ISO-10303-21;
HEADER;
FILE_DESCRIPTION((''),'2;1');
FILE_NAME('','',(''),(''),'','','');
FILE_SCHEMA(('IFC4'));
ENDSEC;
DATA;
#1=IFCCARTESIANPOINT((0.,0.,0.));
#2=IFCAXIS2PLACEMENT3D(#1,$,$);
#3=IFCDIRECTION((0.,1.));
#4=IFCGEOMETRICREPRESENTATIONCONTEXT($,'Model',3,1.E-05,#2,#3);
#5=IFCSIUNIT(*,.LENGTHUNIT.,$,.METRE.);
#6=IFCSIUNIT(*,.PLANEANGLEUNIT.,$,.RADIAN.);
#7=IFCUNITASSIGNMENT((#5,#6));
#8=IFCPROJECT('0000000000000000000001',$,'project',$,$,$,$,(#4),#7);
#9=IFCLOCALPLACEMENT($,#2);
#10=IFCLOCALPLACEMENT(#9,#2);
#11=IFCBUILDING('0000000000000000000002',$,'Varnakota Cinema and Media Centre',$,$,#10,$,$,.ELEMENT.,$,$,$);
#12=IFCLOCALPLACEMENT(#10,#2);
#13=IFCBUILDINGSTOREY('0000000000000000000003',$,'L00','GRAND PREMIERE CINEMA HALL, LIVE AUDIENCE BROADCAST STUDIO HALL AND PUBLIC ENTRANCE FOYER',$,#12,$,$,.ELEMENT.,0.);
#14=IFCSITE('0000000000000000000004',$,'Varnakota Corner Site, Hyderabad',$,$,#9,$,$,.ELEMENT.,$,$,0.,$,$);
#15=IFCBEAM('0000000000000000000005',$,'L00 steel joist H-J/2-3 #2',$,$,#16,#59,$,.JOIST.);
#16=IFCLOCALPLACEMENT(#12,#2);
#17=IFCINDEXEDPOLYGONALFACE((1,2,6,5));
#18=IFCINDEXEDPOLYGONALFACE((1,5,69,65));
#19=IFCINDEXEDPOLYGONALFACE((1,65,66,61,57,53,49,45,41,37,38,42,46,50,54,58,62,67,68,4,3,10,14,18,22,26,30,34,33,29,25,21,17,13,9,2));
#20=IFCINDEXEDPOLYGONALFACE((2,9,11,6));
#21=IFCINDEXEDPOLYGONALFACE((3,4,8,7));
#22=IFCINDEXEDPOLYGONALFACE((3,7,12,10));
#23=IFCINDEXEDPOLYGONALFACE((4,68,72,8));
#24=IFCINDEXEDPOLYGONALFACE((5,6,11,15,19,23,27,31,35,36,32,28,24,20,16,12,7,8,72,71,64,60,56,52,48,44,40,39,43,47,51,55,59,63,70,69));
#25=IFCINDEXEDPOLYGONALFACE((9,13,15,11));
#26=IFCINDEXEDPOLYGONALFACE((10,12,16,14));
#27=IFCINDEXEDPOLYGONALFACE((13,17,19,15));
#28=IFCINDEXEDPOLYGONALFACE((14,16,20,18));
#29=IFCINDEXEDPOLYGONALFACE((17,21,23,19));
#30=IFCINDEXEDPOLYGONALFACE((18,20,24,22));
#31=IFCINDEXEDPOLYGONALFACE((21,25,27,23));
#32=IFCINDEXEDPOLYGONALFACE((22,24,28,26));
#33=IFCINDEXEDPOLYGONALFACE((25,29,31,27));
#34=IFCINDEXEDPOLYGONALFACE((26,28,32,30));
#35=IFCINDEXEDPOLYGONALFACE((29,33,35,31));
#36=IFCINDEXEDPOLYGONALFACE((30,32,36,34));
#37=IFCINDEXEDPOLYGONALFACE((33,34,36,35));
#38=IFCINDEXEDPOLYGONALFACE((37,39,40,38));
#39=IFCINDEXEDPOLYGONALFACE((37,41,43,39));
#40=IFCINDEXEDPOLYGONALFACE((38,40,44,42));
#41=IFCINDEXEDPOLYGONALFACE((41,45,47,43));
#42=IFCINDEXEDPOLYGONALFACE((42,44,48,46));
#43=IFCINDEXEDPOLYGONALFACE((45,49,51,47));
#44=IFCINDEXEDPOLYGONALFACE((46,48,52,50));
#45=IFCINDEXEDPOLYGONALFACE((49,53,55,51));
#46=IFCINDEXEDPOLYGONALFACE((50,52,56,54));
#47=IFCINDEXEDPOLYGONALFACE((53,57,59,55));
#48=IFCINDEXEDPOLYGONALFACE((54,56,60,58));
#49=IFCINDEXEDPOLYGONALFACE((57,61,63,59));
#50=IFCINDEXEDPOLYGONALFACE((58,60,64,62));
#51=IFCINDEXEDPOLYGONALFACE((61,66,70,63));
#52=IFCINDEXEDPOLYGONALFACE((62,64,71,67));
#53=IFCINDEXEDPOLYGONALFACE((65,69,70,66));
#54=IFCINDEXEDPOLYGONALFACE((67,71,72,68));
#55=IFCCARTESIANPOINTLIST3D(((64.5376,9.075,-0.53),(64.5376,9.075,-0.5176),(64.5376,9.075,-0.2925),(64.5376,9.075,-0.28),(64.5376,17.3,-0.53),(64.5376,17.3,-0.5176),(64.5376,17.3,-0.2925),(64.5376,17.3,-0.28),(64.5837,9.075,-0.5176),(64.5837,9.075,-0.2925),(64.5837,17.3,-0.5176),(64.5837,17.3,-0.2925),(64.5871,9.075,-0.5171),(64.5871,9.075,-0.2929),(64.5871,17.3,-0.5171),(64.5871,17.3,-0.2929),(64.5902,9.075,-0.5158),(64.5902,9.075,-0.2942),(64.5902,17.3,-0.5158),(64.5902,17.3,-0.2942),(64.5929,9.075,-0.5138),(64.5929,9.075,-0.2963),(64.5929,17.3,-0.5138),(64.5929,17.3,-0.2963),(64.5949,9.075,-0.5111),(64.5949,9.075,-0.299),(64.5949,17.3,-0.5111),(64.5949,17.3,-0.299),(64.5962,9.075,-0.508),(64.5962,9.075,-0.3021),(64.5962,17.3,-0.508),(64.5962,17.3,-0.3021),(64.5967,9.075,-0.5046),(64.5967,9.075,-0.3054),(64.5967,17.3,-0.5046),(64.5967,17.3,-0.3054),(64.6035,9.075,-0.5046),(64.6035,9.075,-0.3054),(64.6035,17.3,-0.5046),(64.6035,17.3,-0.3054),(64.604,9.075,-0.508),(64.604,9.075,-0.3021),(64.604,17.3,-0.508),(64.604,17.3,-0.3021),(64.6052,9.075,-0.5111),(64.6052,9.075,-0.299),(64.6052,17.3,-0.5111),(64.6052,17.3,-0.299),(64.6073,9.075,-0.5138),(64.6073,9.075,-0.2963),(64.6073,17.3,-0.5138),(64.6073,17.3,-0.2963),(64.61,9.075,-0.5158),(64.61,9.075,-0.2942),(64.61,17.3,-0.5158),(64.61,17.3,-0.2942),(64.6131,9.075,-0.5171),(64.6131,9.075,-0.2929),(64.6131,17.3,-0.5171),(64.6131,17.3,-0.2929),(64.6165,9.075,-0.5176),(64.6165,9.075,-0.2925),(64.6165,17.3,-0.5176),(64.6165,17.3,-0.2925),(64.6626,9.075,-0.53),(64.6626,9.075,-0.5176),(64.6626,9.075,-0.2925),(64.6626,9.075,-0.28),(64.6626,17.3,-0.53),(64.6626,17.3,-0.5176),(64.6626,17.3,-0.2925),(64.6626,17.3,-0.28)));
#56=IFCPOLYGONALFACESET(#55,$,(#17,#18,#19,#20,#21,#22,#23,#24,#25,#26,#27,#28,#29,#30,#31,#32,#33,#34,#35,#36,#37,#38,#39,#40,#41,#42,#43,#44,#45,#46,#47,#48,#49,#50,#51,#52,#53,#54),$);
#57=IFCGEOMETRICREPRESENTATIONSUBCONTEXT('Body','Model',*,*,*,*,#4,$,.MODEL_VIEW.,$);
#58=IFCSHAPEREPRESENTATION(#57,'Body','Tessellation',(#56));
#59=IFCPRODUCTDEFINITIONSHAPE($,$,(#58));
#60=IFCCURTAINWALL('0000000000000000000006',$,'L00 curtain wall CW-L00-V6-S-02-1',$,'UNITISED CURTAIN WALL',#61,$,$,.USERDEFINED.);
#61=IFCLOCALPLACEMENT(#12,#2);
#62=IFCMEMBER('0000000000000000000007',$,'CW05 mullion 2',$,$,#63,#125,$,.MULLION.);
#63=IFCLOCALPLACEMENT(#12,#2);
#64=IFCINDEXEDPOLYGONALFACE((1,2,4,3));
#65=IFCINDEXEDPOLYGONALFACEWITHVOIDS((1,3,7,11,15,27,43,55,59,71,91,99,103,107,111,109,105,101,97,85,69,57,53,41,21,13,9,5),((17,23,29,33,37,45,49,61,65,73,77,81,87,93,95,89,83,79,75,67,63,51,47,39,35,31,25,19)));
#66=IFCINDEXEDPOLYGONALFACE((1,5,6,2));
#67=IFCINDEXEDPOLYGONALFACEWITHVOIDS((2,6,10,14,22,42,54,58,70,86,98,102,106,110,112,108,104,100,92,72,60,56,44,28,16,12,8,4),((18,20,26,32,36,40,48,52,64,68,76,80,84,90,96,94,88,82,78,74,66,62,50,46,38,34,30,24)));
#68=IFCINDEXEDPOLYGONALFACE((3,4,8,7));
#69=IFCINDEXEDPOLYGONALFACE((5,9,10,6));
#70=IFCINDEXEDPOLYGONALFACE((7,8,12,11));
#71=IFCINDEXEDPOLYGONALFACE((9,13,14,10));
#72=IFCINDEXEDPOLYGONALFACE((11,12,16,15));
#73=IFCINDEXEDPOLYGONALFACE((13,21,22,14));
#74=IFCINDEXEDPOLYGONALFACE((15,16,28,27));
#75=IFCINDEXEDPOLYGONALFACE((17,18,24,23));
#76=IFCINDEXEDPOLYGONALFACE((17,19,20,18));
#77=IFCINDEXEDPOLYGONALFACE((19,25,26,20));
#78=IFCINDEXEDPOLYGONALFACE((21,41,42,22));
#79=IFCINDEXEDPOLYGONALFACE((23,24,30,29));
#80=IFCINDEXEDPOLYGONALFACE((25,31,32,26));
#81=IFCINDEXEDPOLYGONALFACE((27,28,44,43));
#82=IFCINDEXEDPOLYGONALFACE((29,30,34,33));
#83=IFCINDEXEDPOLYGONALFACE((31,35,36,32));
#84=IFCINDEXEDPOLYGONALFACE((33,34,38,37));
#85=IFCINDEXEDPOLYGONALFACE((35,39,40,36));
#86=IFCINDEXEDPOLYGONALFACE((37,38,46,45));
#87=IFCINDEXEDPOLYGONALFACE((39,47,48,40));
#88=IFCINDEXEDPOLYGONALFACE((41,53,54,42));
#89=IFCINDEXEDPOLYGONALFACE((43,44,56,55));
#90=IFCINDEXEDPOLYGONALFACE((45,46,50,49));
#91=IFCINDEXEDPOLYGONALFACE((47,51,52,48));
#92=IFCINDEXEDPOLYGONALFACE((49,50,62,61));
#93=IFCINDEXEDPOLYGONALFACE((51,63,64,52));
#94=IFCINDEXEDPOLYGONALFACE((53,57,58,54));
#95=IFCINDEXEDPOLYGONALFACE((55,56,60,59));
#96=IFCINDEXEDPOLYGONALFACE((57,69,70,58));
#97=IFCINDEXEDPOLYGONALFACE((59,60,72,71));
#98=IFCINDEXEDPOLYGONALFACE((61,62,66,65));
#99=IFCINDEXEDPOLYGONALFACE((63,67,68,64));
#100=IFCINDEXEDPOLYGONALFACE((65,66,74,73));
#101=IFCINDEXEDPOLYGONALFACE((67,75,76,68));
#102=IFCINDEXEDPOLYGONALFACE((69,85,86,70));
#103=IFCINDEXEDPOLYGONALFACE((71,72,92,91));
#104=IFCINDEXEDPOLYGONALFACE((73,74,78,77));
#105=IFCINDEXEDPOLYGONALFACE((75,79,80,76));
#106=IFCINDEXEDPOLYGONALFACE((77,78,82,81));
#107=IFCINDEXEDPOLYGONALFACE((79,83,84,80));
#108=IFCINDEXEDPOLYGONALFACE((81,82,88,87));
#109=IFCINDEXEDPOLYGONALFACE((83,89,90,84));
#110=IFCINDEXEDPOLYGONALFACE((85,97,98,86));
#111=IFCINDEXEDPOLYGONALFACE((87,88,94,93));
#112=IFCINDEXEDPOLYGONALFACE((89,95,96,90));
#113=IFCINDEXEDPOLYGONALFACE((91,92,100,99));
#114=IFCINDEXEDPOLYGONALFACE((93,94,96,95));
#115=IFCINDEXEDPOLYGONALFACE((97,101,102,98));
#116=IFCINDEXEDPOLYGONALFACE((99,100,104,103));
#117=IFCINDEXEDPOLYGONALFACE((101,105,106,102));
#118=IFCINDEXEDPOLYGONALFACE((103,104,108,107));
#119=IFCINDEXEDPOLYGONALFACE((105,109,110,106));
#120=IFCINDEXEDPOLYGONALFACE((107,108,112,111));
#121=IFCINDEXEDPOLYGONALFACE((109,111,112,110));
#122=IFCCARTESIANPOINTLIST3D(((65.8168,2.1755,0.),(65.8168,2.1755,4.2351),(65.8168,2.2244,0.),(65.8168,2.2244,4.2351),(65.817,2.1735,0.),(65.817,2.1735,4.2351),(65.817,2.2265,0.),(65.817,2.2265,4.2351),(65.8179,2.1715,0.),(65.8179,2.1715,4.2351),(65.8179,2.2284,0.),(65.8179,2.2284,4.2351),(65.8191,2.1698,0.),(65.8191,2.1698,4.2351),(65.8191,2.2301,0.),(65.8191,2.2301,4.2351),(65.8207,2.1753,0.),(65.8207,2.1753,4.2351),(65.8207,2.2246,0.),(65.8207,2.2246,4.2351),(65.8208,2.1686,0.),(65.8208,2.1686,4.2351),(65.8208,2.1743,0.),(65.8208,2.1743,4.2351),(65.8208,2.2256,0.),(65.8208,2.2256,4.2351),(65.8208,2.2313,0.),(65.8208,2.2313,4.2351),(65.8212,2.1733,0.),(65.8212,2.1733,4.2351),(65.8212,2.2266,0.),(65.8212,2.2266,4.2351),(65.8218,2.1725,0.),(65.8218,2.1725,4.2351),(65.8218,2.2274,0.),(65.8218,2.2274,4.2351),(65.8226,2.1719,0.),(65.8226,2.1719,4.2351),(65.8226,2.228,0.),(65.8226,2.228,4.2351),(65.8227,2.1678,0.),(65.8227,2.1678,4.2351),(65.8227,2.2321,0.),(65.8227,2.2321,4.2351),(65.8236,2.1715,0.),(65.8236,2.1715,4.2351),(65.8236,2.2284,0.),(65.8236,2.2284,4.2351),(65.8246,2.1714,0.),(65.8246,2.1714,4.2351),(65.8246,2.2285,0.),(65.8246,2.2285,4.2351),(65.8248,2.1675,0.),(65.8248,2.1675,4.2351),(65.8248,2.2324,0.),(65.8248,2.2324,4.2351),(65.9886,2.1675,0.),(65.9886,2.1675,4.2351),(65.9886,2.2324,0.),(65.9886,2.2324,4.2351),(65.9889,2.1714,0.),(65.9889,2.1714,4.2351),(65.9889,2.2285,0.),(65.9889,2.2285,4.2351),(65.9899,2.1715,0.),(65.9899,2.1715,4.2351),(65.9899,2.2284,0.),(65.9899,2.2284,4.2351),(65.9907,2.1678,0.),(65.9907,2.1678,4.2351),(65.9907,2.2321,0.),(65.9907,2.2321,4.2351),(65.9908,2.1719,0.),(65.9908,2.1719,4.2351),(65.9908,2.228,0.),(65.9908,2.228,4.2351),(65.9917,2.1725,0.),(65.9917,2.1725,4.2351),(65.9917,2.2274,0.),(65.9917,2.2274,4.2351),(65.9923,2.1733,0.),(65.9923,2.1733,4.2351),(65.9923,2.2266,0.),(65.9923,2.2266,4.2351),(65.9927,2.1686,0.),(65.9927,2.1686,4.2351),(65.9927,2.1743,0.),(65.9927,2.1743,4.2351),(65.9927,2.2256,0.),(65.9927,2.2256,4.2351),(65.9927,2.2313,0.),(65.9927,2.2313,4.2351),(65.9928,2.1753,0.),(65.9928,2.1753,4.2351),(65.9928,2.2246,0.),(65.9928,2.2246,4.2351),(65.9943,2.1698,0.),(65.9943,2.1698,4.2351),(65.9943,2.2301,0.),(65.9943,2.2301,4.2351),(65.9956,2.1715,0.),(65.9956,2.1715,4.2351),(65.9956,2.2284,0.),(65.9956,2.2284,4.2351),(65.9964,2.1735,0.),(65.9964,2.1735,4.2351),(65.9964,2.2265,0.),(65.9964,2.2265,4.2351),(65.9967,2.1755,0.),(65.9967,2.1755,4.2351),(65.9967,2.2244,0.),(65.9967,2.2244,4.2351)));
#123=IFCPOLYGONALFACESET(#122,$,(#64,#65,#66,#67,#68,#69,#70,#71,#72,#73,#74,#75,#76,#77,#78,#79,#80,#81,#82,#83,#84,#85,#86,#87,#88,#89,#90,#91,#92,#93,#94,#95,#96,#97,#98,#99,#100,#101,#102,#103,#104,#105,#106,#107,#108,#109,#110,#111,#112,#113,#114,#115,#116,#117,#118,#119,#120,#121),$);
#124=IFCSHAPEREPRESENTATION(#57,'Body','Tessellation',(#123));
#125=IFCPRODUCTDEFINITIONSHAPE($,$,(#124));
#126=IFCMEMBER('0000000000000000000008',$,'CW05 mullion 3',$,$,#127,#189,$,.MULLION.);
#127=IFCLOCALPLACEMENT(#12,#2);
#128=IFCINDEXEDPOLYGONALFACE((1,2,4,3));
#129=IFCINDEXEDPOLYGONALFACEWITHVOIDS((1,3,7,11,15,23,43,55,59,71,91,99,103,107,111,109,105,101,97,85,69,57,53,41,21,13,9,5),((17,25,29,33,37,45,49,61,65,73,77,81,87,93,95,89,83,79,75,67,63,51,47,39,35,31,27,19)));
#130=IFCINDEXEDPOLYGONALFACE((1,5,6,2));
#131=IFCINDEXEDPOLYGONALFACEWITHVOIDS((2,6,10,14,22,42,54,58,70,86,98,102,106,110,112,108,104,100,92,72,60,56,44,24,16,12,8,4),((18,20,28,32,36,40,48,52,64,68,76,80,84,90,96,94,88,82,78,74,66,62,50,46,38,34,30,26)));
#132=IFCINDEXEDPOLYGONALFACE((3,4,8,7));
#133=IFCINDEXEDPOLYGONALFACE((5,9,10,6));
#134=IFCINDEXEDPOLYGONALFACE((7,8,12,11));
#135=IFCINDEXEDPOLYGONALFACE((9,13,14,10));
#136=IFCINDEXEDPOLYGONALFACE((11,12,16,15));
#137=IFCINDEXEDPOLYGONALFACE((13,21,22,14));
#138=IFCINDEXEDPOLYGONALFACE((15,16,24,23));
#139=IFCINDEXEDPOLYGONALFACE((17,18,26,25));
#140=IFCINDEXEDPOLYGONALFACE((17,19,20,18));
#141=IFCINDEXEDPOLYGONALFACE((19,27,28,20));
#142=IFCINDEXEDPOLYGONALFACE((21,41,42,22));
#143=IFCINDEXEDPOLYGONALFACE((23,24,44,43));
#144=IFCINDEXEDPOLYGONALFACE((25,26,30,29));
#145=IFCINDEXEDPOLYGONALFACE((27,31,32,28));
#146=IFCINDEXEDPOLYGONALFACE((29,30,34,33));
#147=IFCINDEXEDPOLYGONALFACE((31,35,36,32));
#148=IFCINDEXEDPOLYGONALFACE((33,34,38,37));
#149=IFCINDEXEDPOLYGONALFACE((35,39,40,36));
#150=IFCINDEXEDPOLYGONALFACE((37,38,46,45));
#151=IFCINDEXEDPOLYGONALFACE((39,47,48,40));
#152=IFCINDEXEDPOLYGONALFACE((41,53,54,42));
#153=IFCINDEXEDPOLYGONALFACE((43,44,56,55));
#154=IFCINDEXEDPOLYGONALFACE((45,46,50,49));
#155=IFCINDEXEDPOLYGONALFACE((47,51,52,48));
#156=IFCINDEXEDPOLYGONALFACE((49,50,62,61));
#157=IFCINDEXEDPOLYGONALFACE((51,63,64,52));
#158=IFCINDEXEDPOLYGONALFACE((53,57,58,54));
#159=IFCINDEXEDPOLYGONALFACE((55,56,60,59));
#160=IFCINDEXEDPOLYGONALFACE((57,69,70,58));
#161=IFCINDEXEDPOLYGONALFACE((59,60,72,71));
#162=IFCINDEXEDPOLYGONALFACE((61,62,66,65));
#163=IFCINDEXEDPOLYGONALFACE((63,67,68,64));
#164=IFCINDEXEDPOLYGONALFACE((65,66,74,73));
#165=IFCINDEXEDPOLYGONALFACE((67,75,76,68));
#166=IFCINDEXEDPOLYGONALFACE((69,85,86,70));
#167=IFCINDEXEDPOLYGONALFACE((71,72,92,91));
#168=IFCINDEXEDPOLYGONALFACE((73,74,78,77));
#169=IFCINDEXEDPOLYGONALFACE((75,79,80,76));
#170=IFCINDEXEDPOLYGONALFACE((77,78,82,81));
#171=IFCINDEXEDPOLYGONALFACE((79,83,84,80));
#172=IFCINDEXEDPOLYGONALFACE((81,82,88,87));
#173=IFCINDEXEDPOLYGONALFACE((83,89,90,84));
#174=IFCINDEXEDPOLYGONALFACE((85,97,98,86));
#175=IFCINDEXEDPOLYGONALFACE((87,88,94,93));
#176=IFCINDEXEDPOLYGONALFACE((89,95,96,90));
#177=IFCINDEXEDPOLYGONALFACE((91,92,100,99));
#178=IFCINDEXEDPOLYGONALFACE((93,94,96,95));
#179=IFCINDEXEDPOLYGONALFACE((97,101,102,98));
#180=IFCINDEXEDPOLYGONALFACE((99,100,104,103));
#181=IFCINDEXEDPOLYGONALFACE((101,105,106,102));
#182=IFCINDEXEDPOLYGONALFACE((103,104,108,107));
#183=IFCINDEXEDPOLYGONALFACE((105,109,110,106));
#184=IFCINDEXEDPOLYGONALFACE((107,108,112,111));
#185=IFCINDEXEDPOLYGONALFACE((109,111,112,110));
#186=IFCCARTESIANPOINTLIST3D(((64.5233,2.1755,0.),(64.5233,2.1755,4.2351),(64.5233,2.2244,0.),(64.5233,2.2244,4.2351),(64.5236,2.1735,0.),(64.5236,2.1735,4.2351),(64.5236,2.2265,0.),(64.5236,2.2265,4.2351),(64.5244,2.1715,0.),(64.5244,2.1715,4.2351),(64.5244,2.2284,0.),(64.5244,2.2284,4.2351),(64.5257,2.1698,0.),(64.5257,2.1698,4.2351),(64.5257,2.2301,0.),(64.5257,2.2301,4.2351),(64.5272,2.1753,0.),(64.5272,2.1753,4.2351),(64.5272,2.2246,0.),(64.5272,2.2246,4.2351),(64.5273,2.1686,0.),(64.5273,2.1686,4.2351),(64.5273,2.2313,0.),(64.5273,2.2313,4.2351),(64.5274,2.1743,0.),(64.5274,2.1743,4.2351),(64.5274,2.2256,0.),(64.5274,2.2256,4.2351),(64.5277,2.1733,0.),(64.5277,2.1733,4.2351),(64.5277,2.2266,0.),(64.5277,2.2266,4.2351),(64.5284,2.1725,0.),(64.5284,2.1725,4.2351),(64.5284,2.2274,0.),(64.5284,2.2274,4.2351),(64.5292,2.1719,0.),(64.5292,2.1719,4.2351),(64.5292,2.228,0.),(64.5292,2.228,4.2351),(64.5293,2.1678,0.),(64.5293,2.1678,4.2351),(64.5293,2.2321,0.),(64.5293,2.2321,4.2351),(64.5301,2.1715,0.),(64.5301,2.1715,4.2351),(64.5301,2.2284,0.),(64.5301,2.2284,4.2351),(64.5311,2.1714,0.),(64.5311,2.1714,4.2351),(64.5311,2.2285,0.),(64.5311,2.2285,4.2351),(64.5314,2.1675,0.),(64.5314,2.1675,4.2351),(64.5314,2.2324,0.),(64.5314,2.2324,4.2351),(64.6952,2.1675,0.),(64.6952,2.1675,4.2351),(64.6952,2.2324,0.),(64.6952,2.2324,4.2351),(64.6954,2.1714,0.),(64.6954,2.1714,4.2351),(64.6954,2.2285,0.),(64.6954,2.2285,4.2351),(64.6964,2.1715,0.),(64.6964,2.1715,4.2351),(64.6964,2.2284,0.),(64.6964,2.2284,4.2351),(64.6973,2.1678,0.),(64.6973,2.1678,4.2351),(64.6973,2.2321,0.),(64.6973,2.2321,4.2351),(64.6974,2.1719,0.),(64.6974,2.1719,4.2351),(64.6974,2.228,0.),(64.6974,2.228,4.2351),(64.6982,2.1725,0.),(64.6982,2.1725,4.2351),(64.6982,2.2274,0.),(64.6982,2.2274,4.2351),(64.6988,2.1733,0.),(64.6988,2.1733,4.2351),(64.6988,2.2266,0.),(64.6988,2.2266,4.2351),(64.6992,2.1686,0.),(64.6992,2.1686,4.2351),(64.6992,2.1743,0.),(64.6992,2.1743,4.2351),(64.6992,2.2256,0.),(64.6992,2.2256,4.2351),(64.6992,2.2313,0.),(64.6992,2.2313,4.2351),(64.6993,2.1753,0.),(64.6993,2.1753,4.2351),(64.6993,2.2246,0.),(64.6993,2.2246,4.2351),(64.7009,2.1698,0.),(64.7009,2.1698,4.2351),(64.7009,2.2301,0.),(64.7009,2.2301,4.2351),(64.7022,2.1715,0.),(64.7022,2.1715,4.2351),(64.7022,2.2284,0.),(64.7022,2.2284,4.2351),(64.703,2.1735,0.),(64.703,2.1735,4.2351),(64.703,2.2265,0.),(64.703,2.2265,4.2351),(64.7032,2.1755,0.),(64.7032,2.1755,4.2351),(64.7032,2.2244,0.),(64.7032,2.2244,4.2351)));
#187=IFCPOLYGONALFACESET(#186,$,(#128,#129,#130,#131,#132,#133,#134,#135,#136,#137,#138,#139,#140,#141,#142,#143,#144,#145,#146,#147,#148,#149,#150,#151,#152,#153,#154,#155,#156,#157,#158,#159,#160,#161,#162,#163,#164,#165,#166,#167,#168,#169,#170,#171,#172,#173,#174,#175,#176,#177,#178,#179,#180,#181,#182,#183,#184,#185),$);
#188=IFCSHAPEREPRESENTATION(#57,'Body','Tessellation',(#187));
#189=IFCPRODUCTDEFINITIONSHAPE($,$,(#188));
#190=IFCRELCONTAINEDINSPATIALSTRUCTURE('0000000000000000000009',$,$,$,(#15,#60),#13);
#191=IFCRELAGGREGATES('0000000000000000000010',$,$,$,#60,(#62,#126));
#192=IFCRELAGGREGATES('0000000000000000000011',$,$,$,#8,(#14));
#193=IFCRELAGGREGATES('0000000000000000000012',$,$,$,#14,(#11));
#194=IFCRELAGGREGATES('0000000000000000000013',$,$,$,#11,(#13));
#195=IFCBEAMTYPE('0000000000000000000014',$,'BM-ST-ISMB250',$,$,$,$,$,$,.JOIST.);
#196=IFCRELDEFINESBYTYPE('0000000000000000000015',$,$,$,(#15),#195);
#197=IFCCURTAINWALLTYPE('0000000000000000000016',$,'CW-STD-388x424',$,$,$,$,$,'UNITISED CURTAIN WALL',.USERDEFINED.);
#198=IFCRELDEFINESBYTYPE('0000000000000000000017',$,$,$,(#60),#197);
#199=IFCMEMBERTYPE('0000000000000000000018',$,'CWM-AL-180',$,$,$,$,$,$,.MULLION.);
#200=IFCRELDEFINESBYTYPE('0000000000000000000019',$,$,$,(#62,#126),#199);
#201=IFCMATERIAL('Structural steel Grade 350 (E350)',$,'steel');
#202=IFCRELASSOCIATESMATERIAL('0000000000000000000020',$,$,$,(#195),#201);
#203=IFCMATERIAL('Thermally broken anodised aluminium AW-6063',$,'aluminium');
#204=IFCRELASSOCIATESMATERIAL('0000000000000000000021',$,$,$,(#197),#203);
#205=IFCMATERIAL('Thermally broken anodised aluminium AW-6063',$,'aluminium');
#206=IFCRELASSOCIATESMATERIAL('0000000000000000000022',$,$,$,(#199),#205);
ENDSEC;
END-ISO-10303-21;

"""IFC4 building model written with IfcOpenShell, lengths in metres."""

from ifc_helpers import new_model, si_unit, direction, frame, origin, origin_2d, place, context, subcontext, project, spatial, hollow_rectangle, i_section, extrude, material, material_profile, profile_set, type_object, element, aggregate, save


model = new_model("IFC4")

# Units and contexts
model_context = context("Model", 3, precision=1e-05, world=origin(), true_north=direction((0.0, 1.0)))
body_context = subcontext(model_context, "Body", "Model", "MODEL_VIEW")
ifc_project = project(units=[si_unit("LENGTHUNIT", "METRE"), si_unit("PLANEANGLEUNIT", "RADIAN")], contexts=[model_context])

# Site, building, storey
site_placement = place(None, origin())
site = spatial("IfcSite", under=ifc_project, at=site_placement, Name="Varnakota Corner Site, Hyderabad", CompositionType="ELEMENT", RefElevation=0.0)
building_placement = place(site_placement, origin())
building = spatial("IfcBuilding", under=site, at=building_placement, Name="Varnakota Cinema and Media Centre", CompositionType="ELEMENT")
storey_placement = place(building_placement, origin())
storey = spatial("IfcBuildingStorey", under=building, at=storey_placement, Name="L00", Description="GRAND PREMIERE CINEMA HALL, LIVE AUDIENCE BROADCAST STUDIO HALL AND PUBLIC ENTRANCE FOYER", CompositionType="ELEMENT", Elevation=0.0)

# Beam
ifc_material_1 = material(Name="Structural steel Grade 350 (E350)", Category="steel")
ifc_material_profile_1 = material_profile(ifc_material_1, i_section(OverallWidth=0.125, OverallDepth=0.25, WebThickness=0.0068, FlangeThickness=0.0125, FilletRadius=0.0129, at=origin_2d()), Name="ISMB 250")
ifc_profile_set_1 = profile_set([ifc_material_profile_1], Name="Structural steel Grade 350 (E350)")
beam_type_1 = type_object("IfcBeamType", Name="BM-ST-ISMB250", PredefinedType="JOIST", material=ifc_profile_set_1)
for number, where, z_axis, x_axis, name in (
    (1, (64.6001, 9.075, -0.405), (0.0, 1.0, 0.0), (-1.0, 0.0, 0.0), "L00 steel joist H-J/2-3 #2"),
):
    element("IfcBeam", number, at=place(storey_placement, frame(where, z_axis=z_axis, x_axis=x_axis)), inside=storey, type_object=beam_type_1, Name=name, PredefinedType="JOIST", context=body_context, shape_type="SweptSolid", body=[
        extrude(i_section(OverallWidth=0.125, OverallDepth=0.25, WebThickness=0.0068, FlangeThickness=0.0125, FilletRadius=0.0129, at=origin_2d()), origin(), (0.0, 0.0, 1.0), 8.2251),
    ])

# Curtain wall, members
ifc_material_2 = material(Name="Thermally broken anodised aluminium AW-6063", Category="aluminium")
curtain_wall_type = type_object("IfcCurtainWallType", Name="CW-STD-388x424", ElementType="UNITISED CURTAIN WALL", PredefinedType="USERDEFINED", material=ifc_material_2)
curtain_wall_1_placement = place(storey_placement, origin())
curtain_wall_1 = element("IfcCurtainWall", 2, at=curtain_wall_1_placement, inside=storey, type_object=curtain_wall_type, Name="L00 curtain wall CW-L00-V6-S-02-1", ObjectType="UNITISED CURTAIN WALL", PredefinedType="USERDEFINED")
ifc_material_3 = material(Name="Thermally broken anodised aluminium AW-6063", Category="aluminium")
ifc_material_profile_2 = material_profile(ifc_material_3, hollow_rectangle(XDim=0.0649, YDim=0.1799, WallThickness=0.0039, InnerFilletRadius=0.0039, OuterFilletRadius=0.0081, at=origin_2d()), Name="AL-MULLION 180x65x4")
ifc_profile_set_2 = profile_set([ifc_material_profile_2], Name="Thermally broken anodised aluminium AW-6063")
member_type_1 = type_object("IfcMemberType", Name="CWM-AL-180", PredefinedType="MULLION", material=ifc_profile_set_2)
member_1_placement = place(storey_placement, frame((65.9067, 2.2, 0.0), z_axis=(0.0, 0.0, 1.0), x_axis=(0.0, -1.0, 0.0)))
member_1 = element("IfcMember", 3, at=member_1_placement, type_object=member_type_1, Name="CW05 mullion 2", PredefinedType="MULLION", context=body_context, shape_type="SweptSolid", body=[
    extrude(hollow_rectangle(XDim=0.0649, YDim=0.1799, WallThickness=0.0039, InnerFilletRadius=0.0039, OuterFilletRadius=0.0081, at=origin_2d()), origin(), (0.0, 0.0, 1.0), 4.2351),
])
member_2_placement = place(storey_placement, frame((64.6133, 2.2, 0.0), z_axis=(0.0, 0.0, 1.0), x_axis=(0.0, -1.0, 0.0)))
member_2 = element("IfcMember", 4, at=member_2_placement, type_object=member_type_1, Name="CW05 mullion 3", PredefinedType="MULLION", context=body_context, shape_type="SweptSolid", body=[
    extrude(hollow_rectangle(XDim=0.0649, YDim=0.1799, WallThickness=0.0039, InnerFilletRadius=0.0039, OuterFilletRadius=0.0081, at=origin_2d()), origin(), (0.0, 0.0, 1.0), 4.2351),
])

aggregate(curtain_wall_1, [member_1, member_2])

save(model, "model.ifc")
